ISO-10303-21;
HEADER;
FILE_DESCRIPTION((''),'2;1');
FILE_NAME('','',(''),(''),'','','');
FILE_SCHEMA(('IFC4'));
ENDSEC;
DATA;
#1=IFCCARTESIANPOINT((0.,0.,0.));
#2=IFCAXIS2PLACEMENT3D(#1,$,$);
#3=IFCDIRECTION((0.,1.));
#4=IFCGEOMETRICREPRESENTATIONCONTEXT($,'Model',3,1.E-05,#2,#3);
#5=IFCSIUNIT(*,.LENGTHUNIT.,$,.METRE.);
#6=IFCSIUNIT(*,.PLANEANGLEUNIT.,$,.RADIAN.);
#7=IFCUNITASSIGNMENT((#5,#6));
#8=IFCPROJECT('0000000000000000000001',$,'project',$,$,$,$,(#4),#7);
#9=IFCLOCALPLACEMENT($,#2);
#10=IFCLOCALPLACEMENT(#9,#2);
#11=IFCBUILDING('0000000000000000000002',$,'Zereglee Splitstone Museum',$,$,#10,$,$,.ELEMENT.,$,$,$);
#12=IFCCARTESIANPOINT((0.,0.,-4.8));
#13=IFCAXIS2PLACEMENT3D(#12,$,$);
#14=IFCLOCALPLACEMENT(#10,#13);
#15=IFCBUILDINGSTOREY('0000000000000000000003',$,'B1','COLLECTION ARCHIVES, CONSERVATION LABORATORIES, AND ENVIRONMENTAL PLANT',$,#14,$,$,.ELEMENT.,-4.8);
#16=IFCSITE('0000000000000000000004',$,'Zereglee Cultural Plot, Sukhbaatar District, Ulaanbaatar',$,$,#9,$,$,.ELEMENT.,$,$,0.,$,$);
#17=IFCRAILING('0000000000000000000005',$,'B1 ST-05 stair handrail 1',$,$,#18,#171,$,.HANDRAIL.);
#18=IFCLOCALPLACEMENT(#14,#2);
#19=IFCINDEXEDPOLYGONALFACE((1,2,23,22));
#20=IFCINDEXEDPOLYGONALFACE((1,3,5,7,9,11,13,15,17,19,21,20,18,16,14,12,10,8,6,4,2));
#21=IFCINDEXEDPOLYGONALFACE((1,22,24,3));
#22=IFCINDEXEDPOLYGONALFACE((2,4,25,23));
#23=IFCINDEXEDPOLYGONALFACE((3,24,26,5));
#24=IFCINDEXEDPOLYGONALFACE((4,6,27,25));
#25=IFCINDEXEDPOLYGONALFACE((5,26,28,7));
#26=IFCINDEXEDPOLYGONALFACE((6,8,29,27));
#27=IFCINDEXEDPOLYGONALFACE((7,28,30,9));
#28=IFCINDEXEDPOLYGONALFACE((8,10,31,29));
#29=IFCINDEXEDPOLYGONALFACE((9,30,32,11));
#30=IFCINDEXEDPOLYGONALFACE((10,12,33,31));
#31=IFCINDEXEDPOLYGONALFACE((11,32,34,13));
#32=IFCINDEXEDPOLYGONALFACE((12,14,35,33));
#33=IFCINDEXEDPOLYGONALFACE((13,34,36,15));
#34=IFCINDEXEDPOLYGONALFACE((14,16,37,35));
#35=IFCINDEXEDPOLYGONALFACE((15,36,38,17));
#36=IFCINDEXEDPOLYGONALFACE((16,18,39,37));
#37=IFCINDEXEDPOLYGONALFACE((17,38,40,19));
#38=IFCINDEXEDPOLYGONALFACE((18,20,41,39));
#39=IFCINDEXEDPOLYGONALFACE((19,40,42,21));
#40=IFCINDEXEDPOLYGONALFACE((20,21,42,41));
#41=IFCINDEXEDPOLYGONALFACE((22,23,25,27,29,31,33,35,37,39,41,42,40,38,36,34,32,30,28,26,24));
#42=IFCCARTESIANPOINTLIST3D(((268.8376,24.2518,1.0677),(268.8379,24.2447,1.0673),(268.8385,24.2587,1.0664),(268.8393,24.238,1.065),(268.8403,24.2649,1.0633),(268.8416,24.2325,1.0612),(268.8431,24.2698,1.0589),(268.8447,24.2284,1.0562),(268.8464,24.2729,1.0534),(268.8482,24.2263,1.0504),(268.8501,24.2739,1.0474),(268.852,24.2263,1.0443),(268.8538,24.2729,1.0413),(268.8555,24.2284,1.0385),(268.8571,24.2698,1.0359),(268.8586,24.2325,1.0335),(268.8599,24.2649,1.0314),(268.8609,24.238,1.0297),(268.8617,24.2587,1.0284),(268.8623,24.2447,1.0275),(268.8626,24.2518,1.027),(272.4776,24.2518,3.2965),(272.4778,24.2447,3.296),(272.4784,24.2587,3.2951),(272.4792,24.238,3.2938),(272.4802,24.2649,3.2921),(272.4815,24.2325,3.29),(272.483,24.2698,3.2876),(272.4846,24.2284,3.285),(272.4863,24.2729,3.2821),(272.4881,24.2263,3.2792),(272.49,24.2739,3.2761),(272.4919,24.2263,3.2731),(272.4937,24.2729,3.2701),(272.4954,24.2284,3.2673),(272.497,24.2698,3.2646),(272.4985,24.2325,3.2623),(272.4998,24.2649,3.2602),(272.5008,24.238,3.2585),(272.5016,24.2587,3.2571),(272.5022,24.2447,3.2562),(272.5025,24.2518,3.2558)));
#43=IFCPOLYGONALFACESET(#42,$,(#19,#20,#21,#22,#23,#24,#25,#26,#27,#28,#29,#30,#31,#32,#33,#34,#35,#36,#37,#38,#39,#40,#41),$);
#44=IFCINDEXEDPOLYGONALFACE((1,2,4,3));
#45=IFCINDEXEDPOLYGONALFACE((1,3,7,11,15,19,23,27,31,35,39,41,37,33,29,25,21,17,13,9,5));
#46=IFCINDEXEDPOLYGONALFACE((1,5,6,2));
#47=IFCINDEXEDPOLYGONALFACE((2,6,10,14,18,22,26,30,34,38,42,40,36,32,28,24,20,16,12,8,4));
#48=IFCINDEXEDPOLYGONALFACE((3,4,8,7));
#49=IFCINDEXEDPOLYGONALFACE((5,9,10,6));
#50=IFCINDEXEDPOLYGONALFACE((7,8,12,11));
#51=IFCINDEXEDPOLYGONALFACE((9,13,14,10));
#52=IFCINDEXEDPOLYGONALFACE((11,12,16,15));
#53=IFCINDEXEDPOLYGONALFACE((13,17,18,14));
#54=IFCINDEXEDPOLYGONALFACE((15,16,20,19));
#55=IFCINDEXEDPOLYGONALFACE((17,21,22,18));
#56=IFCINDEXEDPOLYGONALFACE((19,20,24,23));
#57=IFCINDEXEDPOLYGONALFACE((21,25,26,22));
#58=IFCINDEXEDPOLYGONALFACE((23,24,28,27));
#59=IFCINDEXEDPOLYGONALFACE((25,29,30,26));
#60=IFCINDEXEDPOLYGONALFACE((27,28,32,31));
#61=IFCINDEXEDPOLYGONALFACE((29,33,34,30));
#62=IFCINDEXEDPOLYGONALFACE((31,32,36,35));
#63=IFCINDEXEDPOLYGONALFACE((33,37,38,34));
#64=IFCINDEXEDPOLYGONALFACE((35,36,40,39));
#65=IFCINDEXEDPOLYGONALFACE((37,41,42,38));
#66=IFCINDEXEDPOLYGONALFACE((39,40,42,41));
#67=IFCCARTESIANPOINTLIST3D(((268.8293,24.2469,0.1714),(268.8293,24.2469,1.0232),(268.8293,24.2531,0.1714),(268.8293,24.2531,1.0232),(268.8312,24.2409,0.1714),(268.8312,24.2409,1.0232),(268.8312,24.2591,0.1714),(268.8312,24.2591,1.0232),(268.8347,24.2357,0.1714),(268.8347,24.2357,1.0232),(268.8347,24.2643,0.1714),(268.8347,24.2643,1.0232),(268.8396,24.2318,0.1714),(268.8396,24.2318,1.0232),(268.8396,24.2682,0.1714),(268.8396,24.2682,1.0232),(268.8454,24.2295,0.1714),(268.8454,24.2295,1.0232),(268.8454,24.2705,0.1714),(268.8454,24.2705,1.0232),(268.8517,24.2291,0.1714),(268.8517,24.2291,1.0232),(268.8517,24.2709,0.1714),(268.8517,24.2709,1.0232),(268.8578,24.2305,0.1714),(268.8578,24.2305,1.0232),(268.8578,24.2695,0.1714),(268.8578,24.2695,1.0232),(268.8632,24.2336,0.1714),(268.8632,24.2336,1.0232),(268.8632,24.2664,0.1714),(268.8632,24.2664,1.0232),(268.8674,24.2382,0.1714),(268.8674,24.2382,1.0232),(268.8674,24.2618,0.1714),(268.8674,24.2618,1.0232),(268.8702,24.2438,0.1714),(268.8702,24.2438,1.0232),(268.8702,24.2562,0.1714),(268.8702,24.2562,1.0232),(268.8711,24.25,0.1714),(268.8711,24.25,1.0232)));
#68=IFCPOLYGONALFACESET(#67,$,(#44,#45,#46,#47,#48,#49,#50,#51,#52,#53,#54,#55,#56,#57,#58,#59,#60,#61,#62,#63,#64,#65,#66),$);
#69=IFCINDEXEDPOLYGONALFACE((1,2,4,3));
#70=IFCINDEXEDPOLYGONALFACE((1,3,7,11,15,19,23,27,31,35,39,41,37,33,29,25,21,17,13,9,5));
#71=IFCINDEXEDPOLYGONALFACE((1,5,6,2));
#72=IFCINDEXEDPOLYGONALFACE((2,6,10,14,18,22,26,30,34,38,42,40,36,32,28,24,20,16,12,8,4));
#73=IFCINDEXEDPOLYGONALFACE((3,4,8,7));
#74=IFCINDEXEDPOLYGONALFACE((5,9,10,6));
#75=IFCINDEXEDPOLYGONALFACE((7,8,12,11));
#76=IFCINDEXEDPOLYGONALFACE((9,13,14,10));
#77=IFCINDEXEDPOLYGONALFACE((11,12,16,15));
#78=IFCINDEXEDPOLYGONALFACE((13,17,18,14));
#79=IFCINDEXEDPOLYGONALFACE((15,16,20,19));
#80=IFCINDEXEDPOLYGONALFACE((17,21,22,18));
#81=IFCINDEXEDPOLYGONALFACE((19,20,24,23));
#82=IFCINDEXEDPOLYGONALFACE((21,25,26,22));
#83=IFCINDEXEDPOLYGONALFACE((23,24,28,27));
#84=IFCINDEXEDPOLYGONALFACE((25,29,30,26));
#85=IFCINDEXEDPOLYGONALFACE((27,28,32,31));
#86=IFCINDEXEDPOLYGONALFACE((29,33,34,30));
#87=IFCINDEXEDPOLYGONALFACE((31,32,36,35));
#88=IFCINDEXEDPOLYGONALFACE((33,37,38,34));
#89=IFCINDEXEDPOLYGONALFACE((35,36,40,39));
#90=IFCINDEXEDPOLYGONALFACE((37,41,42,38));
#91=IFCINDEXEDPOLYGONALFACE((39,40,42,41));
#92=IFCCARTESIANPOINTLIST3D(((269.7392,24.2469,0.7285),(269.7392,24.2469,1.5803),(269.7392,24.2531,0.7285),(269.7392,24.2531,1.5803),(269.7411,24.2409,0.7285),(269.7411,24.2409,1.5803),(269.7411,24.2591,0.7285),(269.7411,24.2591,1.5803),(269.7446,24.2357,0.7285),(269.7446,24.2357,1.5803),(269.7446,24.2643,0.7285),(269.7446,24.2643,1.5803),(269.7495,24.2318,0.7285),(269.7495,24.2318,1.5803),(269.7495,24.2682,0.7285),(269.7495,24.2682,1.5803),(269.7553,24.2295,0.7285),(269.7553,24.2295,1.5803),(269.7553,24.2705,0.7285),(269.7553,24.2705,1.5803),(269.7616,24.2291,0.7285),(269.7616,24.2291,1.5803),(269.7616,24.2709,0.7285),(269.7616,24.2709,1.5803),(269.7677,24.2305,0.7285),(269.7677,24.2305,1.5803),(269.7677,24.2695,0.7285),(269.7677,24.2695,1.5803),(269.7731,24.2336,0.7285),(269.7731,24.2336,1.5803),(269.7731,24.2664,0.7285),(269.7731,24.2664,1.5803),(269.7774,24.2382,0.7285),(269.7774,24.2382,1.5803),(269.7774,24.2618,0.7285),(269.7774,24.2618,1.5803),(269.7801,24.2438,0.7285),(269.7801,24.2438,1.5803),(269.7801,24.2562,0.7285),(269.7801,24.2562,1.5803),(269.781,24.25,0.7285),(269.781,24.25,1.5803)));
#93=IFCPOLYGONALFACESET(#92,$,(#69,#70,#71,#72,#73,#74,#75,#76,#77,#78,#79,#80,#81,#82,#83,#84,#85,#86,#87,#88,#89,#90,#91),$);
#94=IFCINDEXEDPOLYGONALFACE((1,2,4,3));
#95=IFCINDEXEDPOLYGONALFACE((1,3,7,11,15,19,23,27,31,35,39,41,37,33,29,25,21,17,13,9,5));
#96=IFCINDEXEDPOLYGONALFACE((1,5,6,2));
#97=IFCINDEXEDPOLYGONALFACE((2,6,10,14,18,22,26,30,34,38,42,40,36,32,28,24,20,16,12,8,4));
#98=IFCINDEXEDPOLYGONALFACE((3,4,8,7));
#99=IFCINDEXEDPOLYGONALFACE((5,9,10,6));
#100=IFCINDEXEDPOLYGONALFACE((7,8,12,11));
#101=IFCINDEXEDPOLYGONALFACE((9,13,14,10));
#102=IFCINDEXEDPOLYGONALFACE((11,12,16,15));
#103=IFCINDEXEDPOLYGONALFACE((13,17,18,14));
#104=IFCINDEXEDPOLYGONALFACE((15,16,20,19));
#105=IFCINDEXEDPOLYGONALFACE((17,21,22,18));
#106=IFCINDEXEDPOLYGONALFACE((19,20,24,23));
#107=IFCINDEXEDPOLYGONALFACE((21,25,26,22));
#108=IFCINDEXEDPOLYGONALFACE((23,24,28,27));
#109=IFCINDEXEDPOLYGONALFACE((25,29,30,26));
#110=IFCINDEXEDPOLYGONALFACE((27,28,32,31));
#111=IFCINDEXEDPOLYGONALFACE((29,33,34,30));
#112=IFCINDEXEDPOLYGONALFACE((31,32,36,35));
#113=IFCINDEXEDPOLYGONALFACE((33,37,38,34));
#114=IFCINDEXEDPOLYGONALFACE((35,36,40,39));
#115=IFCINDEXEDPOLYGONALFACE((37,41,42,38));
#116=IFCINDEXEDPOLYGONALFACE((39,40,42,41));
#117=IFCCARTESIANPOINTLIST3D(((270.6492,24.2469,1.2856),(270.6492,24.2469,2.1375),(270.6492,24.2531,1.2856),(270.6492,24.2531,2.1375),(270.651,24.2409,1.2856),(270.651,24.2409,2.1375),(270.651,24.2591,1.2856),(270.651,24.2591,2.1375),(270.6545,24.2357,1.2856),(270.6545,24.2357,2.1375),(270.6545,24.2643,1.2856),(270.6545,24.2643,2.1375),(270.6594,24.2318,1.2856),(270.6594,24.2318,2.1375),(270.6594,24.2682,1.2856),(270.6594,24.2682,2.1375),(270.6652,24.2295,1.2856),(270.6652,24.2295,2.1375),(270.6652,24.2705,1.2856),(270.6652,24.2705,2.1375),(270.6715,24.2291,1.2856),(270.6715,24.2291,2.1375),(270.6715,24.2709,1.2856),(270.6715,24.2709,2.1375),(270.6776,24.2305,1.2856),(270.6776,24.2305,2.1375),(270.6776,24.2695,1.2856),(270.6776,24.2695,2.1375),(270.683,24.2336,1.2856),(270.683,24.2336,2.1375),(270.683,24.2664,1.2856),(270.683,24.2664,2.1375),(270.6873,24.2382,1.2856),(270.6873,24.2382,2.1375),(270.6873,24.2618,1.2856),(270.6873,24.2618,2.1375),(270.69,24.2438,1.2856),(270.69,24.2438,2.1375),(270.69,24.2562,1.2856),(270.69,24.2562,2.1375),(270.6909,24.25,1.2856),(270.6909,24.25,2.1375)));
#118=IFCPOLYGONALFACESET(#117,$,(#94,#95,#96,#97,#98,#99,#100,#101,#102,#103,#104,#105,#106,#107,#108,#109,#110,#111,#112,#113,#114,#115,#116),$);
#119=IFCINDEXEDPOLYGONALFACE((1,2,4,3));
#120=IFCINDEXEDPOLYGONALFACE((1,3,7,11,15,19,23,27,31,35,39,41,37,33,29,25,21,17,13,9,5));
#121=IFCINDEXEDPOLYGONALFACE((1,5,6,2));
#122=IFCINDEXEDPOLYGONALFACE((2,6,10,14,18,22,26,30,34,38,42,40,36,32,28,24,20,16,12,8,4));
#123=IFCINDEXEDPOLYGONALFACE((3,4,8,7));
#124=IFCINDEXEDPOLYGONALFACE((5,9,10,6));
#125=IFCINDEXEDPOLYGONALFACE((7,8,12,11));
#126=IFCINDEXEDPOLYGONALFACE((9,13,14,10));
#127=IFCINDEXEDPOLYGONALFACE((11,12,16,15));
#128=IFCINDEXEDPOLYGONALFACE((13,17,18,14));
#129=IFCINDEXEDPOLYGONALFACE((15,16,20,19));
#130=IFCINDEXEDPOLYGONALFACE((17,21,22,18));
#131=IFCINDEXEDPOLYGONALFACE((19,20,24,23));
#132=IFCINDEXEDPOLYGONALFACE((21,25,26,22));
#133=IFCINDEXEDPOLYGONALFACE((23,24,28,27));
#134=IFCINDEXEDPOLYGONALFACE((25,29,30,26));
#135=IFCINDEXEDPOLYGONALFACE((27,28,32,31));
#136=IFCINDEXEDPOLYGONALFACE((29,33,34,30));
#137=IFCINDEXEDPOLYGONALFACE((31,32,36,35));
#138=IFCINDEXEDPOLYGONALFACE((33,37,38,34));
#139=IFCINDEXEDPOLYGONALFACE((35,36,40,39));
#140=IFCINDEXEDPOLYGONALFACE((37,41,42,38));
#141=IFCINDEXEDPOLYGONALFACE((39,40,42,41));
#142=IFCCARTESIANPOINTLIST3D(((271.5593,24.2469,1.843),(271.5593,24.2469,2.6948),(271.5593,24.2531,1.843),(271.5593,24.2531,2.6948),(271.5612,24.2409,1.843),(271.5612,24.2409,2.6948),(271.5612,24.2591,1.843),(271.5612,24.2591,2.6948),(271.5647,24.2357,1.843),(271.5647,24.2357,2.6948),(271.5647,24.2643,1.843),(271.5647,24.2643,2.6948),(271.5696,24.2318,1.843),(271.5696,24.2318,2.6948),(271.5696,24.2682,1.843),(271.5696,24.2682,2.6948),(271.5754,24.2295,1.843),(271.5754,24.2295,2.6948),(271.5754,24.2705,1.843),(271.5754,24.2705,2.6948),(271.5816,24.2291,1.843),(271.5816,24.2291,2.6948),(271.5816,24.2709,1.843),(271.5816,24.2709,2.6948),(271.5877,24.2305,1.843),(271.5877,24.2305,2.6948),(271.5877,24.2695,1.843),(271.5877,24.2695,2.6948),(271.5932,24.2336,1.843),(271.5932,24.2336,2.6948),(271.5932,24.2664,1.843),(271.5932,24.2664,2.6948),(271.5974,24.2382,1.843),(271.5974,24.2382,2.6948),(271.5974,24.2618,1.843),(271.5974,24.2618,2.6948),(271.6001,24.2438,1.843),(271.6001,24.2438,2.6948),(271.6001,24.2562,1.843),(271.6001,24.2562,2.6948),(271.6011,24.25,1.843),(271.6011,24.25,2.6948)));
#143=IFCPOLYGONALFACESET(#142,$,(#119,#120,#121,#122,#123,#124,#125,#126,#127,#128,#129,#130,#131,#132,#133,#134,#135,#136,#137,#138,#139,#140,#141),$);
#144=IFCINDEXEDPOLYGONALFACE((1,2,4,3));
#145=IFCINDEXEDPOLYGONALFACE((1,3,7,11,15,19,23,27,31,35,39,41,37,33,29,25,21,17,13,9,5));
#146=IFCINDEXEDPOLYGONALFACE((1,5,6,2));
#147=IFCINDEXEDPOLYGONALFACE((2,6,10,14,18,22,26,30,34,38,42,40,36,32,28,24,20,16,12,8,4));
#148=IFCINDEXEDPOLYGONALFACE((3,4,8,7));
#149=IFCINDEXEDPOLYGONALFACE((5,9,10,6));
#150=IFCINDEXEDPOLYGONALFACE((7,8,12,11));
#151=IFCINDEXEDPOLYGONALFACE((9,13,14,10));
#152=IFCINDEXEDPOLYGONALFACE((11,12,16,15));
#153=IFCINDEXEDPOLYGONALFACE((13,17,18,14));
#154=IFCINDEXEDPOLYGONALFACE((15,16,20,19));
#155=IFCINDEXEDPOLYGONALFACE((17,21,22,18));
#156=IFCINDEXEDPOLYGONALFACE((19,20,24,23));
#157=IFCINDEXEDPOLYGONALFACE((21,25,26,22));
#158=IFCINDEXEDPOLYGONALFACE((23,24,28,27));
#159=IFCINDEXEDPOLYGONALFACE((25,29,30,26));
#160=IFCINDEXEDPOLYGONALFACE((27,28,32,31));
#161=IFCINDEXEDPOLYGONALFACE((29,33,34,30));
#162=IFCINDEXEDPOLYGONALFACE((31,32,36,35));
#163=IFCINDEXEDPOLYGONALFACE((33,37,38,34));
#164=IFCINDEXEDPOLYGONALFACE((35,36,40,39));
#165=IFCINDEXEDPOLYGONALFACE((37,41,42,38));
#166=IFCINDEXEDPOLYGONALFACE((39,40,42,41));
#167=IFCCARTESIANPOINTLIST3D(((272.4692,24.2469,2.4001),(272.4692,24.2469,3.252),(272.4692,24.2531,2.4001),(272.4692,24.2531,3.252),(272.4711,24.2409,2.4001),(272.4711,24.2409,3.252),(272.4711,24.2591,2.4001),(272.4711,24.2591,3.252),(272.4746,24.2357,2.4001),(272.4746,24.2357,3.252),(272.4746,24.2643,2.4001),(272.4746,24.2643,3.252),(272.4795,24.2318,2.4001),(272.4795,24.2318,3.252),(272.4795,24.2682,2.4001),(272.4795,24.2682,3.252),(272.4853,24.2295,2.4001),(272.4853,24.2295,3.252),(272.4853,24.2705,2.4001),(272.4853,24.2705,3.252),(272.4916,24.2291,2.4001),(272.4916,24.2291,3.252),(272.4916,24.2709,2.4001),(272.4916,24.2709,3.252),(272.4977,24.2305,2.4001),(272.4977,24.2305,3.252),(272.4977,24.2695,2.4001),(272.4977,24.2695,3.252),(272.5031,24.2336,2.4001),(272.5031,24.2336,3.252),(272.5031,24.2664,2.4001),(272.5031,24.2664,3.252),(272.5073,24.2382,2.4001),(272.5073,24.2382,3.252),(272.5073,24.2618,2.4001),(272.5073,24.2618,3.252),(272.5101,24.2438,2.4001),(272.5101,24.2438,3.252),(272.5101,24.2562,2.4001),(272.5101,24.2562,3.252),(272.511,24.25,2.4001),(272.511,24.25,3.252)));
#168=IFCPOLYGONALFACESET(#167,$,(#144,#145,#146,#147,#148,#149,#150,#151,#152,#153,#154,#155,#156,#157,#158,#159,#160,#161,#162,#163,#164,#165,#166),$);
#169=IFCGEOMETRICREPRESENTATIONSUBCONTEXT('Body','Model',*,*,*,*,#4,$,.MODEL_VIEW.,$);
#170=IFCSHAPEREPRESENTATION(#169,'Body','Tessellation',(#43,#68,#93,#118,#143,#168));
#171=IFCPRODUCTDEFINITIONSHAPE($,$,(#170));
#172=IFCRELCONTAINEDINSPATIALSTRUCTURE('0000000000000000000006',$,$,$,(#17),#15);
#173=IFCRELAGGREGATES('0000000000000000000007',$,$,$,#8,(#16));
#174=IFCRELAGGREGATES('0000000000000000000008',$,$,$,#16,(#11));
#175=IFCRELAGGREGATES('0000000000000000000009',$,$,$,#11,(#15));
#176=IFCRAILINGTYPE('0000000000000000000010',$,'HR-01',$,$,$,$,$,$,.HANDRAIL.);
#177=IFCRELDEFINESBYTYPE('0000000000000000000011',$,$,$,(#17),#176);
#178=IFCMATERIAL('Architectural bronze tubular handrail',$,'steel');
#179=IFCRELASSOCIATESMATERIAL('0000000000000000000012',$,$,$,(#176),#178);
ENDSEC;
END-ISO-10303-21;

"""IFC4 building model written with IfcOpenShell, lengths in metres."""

from ifc_helpers import new_model, si_unit, direction, frame, origin, origin_2d, place, context, subcontext, project, spatial, circle, extrude, material, type_object, element, save


model = new_model("IFC4")

# Units and contexts
model_context = context("Model", 3, precision=1e-05, world=origin(), true_north=direction((0.0, 1.0)))
body_context = subcontext(model_context, "Body", "Model", "MODEL_VIEW")
ifc_project = project(units=[si_unit("LENGTHUNIT", "METRE"), si_unit("PLANEANGLEUNIT", "RADIAN")], contexts=[model_context])

# Site, building, storey
site_placement = place(None, origin())
site = spatial("IfcSite", under=ifc_project, at=site_placement, Name="Zereglee Cultural Plot, Sukhbaatar District, Ulaanbaatar", CompositionType="ELEMENT", RefElevation=0.0)
building_placement = place(site_placement, origin())
building = spatial("IfcBuilding", under=site, at=building_placement, Name="Zereglee Splitstone Museum", CompositionType="ELEMENT")
storey_placement = place(building_placement, frame((0.0, 0.0, -4.8)))
storey = spatial("IfcBuildingStorey", under=building, at=storey_placement, Name="B1", Description="COLLECTION ARCHIVES, CONSERVATION LABORATORIES, AND ENVIRONMENTAL PLANT", CompositionType="ELEMENT", Elevation=-4.8)

# Railing
ifc_material_1 = material(Name="Architectural bronze tubular handrail", Category="steel")
railing_type = type_object("IfcRailingType", Name="HR-01", PredefinedType="HANDRAIL", material=ifc_material_1)
railing_placement = place(storey_placement, frame((268.8501, 24.25, 0.1714)))
element("IfcRailing", 1, at=railing_placement, inside=storey, type_object=railing_type, Name="B1 ST-05 stair handrail 1", PredefinedType="HANDRAIL", context=body_context, shape_type="SweptSolid", body=[
    extrude(circle(Radius=0.0239, at=origin_2d()), frame((0.0, 0.0, 0.876), z_axis=(0.852825, 0.0, 0.522197), x_axis=(0.0, 1.0, 0.0)), (0.0, 0.0, 1.0), 4.2681),
    extrude(circle(Radius=0.021, at=origin_2d()), origin(), (0.0, 0.0, 1.0), 0.8518),
    extrude(circle(Radius=0.021, at=origin_2d()), frame((0.9099, 0.0, 0.5571)), (0.0, 0.0, 1.0), 0.8518),
    extrude(circle(Radius=0.021, at=origin_2d()), frame((1.8198, 0.0, 1.1143)), (0.0, 0.0, 1.0), 0.8518),
    extrude(circle(Radius=0.021, at=origin_2d()), frame((2.73, 0.0, 1.6716)), (0.0, 0.0, 1.0), 0.8518),
    extrude(circle(Radius=0.021, at=origin_2d()), frame((3.6399, 0.0, 2.2288)), (0.0, 0.0, 1.0), 0.8518),
])

save(model, "model.ifc")
